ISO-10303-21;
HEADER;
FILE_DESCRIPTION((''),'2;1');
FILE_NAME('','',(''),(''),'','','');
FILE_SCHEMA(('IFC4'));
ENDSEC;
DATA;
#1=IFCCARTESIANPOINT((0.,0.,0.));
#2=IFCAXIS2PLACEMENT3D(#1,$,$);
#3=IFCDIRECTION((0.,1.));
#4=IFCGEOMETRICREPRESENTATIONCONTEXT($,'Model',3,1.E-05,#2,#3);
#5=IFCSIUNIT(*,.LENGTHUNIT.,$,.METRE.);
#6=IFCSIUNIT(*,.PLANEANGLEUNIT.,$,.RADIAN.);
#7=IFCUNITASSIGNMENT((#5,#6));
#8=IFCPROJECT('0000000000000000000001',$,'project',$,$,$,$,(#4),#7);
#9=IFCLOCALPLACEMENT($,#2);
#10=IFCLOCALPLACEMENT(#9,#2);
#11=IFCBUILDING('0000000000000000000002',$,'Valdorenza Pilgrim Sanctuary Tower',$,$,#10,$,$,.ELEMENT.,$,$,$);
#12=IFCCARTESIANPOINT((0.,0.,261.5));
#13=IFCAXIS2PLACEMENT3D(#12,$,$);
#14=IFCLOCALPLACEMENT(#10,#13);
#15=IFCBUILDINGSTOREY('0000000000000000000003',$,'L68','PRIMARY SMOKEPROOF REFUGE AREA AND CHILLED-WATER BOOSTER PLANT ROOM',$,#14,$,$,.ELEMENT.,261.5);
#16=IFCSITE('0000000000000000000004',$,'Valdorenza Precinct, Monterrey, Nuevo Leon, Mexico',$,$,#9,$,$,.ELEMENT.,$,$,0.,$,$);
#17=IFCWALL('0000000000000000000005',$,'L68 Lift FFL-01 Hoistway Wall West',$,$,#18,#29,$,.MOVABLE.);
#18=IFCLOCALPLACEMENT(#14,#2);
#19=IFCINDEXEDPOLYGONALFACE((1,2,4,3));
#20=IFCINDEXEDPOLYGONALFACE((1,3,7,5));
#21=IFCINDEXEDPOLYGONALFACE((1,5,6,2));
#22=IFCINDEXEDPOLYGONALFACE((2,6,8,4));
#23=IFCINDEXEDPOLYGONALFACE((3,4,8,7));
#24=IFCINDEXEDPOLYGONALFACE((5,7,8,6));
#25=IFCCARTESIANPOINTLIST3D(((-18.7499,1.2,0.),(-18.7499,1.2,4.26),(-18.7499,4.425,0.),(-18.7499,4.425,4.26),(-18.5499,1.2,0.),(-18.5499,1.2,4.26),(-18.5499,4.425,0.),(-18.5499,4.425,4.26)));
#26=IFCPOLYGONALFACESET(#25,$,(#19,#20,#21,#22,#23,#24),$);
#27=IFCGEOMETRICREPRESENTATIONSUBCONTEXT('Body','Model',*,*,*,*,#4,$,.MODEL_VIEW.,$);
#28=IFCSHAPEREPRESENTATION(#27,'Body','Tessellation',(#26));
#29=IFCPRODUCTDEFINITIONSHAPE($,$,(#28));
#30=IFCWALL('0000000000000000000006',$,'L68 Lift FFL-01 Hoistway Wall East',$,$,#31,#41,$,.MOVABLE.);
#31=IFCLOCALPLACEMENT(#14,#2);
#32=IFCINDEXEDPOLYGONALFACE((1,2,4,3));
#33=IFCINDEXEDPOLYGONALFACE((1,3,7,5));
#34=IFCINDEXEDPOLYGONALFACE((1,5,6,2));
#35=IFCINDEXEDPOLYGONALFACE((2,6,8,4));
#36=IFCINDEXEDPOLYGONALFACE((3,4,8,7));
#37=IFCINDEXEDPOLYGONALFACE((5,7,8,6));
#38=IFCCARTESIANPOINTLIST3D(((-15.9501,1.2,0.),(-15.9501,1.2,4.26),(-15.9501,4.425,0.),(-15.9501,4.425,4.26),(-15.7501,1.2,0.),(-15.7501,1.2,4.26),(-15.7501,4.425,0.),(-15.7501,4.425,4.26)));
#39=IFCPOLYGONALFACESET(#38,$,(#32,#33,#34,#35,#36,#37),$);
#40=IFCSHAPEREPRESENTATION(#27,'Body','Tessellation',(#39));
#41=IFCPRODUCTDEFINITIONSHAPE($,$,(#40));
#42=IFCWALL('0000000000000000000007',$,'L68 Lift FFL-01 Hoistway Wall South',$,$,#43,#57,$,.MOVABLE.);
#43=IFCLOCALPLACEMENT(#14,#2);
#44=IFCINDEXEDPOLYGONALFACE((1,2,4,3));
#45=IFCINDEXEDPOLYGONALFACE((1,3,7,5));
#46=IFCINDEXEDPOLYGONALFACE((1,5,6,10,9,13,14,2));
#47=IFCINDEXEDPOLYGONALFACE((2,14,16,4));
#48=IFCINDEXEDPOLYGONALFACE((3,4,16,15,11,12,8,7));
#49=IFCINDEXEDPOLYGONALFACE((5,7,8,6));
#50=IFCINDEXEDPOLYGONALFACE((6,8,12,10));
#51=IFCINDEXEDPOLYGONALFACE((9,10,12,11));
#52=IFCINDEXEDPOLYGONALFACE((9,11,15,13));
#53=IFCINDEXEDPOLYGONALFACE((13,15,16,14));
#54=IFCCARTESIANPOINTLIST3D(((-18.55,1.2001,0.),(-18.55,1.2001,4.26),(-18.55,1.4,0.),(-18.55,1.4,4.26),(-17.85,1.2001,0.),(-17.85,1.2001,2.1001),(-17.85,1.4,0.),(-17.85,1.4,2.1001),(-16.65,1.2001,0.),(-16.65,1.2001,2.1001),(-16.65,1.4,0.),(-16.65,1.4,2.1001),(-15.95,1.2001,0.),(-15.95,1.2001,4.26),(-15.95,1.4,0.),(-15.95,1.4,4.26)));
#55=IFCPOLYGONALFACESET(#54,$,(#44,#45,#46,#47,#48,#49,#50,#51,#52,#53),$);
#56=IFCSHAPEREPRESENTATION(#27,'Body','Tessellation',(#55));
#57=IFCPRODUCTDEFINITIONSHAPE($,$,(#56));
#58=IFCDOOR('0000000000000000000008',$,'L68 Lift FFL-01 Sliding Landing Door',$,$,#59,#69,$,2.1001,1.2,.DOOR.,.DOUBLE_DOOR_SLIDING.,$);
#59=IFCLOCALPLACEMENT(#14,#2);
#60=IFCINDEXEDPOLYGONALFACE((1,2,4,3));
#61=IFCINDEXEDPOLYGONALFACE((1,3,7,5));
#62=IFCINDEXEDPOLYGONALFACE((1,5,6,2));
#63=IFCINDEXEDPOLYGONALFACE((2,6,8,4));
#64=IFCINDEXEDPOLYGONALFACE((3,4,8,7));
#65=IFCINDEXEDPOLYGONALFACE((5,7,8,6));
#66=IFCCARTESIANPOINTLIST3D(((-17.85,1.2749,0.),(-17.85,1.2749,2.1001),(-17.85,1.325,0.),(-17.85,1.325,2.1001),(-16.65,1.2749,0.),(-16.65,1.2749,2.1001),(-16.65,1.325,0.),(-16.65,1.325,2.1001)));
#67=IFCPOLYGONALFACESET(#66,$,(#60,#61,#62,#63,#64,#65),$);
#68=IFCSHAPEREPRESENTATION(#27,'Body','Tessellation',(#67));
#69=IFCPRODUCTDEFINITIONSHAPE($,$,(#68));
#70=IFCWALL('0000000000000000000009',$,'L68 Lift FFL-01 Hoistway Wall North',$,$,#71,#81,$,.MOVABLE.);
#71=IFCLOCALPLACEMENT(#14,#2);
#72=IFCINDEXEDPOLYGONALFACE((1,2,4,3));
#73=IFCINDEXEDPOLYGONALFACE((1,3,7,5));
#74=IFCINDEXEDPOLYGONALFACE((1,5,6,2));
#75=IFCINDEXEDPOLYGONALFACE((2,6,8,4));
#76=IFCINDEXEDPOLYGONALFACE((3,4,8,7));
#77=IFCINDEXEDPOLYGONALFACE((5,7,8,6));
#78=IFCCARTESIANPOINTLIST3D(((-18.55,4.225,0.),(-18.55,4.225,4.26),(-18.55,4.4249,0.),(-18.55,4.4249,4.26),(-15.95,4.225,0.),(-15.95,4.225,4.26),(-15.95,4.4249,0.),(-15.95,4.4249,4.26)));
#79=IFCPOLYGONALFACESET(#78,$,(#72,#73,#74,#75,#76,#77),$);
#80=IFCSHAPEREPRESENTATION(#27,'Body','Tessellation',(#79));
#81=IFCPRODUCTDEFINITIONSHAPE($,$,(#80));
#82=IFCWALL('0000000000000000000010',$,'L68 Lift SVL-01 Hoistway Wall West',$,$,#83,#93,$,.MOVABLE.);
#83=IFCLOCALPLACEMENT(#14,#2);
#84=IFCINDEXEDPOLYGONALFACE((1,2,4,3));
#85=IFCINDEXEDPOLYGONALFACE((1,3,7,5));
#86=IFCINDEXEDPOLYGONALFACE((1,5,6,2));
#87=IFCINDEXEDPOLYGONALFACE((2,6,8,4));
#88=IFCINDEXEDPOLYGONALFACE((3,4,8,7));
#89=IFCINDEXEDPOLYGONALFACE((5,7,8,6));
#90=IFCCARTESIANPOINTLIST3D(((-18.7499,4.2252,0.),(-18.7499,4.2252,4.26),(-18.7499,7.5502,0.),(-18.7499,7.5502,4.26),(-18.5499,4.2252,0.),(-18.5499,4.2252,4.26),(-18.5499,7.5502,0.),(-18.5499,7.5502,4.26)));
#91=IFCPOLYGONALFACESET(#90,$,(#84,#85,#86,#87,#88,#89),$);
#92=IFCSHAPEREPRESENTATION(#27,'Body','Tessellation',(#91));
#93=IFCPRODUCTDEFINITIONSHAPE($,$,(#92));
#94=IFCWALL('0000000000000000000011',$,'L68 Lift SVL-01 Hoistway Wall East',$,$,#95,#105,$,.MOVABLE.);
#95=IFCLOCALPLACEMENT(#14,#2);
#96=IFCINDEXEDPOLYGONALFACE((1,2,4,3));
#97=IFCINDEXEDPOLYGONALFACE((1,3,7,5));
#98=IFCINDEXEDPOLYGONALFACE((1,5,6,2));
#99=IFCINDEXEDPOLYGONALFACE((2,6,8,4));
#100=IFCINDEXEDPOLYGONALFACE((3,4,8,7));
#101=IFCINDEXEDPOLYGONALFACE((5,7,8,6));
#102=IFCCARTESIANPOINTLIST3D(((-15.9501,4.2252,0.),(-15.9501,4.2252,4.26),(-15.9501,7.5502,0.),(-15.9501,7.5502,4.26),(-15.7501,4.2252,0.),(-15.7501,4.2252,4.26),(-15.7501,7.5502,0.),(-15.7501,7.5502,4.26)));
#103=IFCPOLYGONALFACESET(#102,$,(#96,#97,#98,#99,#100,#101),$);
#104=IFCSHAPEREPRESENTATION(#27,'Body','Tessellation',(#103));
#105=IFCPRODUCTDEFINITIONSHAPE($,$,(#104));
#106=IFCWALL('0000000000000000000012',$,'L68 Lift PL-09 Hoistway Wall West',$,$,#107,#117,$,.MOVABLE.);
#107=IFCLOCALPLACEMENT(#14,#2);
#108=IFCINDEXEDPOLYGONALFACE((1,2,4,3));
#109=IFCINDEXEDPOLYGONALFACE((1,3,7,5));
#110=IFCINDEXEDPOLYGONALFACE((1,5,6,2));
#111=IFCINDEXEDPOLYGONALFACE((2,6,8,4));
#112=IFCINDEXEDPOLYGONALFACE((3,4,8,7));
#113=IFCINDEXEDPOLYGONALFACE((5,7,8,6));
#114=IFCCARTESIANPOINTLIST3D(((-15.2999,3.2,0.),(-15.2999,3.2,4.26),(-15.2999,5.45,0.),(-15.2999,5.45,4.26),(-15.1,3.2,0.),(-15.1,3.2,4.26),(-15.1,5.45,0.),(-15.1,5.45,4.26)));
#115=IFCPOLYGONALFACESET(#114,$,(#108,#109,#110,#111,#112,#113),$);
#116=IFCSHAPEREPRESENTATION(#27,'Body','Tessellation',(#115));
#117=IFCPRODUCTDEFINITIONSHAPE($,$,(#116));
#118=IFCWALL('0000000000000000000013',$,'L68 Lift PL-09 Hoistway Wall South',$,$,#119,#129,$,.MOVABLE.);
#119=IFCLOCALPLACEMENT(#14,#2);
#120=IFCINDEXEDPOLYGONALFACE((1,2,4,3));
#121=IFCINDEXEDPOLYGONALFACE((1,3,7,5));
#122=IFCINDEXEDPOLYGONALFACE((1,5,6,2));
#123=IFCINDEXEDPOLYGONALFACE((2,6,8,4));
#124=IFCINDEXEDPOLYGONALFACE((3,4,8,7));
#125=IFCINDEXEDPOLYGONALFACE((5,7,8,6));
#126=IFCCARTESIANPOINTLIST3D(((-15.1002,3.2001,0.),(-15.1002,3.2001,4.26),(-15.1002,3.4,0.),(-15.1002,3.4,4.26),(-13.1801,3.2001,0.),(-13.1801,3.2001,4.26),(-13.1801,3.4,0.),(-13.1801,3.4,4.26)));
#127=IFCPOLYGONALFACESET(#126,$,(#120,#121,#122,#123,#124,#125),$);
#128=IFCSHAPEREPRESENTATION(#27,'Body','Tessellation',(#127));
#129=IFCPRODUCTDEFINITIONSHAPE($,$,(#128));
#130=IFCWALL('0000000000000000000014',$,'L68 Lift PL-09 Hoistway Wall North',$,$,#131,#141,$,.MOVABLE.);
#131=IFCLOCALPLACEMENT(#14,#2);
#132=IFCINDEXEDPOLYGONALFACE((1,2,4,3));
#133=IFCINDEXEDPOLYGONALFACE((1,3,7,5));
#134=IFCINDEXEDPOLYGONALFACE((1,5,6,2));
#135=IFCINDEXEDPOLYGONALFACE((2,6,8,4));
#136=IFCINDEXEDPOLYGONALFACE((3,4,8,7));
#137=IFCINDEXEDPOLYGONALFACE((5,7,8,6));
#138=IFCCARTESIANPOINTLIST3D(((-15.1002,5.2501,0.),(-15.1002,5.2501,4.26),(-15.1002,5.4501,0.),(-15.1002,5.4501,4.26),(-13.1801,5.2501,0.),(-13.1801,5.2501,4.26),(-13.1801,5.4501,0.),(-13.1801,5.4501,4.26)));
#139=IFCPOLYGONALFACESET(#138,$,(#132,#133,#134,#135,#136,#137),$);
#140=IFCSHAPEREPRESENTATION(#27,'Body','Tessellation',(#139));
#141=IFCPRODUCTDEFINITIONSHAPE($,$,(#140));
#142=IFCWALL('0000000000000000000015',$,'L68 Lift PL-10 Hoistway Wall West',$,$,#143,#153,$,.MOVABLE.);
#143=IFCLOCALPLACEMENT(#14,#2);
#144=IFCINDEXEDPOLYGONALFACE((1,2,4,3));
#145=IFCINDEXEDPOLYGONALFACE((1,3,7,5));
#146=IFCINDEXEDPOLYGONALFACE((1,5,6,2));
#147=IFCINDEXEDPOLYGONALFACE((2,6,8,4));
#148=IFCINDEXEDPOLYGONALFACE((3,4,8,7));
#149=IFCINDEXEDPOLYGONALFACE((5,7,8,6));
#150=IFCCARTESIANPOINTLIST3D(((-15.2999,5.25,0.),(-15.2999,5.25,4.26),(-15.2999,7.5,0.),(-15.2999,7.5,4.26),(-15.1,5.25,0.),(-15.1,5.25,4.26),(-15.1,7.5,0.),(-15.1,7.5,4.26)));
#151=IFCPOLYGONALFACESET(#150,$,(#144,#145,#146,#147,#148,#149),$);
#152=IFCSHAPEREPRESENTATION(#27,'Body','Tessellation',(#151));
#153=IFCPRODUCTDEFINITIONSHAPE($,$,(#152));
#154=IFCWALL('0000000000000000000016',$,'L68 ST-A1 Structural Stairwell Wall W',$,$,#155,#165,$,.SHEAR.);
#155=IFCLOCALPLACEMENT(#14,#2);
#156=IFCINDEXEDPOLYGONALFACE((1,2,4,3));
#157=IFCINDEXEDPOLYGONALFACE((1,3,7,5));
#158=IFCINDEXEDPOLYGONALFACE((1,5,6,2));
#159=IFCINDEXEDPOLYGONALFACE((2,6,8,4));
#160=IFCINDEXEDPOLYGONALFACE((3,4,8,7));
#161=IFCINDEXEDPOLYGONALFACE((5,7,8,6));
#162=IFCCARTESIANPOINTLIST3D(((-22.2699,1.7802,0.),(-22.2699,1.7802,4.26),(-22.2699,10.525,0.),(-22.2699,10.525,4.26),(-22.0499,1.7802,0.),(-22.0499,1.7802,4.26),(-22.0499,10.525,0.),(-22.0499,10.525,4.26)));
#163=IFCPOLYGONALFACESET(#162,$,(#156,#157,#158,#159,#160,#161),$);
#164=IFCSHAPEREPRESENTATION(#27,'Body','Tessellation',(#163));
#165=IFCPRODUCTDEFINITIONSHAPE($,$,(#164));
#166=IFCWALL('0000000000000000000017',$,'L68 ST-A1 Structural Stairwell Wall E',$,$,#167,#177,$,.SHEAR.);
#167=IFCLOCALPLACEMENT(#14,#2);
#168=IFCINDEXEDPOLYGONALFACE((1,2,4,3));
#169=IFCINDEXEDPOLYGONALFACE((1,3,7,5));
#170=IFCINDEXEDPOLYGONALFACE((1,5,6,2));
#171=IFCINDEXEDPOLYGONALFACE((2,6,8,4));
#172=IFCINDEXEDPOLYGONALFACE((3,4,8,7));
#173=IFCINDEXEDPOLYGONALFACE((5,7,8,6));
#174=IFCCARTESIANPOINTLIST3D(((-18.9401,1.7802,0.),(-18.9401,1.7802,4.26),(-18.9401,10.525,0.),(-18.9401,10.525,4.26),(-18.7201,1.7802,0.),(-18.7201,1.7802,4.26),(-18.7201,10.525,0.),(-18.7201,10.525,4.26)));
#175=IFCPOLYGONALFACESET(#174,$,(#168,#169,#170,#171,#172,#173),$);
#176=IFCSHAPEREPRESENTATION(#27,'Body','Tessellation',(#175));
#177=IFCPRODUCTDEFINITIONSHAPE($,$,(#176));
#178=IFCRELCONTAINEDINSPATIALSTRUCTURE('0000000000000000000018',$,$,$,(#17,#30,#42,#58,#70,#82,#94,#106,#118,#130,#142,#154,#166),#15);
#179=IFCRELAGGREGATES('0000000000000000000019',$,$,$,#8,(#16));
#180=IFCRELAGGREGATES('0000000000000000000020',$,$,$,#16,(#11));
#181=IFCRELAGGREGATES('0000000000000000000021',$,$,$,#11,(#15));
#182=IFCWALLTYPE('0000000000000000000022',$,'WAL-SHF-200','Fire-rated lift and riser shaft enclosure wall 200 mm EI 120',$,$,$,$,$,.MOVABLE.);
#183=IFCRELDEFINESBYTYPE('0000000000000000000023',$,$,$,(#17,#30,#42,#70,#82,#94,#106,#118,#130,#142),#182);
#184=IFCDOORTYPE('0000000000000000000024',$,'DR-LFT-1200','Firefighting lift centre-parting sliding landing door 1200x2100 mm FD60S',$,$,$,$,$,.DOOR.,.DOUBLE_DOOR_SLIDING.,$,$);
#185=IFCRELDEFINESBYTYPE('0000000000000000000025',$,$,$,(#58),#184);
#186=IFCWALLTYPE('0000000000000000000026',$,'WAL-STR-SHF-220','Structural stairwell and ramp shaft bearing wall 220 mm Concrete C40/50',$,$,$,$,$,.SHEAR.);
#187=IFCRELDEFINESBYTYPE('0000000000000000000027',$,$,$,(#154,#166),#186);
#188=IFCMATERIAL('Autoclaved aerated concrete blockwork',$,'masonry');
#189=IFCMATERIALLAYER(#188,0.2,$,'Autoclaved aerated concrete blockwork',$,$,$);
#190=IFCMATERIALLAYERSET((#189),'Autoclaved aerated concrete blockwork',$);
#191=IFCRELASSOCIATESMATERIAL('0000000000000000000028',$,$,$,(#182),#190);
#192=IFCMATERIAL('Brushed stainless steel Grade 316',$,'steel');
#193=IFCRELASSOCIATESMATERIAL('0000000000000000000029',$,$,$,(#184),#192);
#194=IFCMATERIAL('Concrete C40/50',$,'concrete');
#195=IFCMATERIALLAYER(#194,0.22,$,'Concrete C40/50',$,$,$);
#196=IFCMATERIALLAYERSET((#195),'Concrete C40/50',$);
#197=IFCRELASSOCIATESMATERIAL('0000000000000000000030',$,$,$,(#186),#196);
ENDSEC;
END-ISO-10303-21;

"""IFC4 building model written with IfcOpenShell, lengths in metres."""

from ifc_helpers import new_model, si_unit, direction, frame, frame_2d, origin, place, context, subcontext, project, spatial, rectangle, extrude, material, layer, layer_set, type_object, element, fill, save


model = new_model("IFC4")

# Units and contexts
model_context = context("Model", 3, precision=1e-05, world=origin(), true_north=direction((0.0, 1.0)))
body_context = subcontext(model_context, "Body", "Model", "MODEL_VIEW")
ifc_project = project(units=[si_unit("LENGTHUNIT", "METRE"), si_unit("PLANEANGLEUNIT", "RADIAN")], contexts=[model_context])

# Site, building, storey
site_placement = place(None, origin())
site = spatial("IfcSite", under=ifc_project, at=site_placement, Name="Valdorenza Precinct, Monterrey, Nuevo Leon, Mexico", CompositionType="ELEMENT", RefElevation=0.0)
building_placement = place(site_placement, origin())
building = spatial("IfcBuilding", under=site, at=building_placement, Name="Valdorenza Pilgrim Sanctuary Tower", CompositionType="ELEMENT")
storey_placement = place(building_placement, frame((0.0, 0.0, 261.5)))
storey = spatial("IfcBuildingStorey", under=building, at=storey_placement, Name="L68", Description="PRIMARY SMOKEPROOF REFUGE AREA AND CHILLED-WATER BOOSTER PLANT ROOM", CompositionType="ELEMENT", Elevation=261.5)

# Walls
ifc_material_1 = material(Name="Autoclaved aerated concrete blockwork", Category="masonry")
ifc_layer_1 = layer(ifc_material_1, 0.2, Name="Autoclaved aerated concrete blockwork")
ifc_layer_set_1 = layer_set([ifc_layer_1], Name="Autoclaved aerated concrete blockwork")
wall_type_1 = type_object("IfcWallType", Name="WAL-SHF-200", Description="Fire-rated lift and riser shaft enclosure wall 200 mm EI 120", PredefinedType="MOVABLE", material=ifc_layer_set_1)
for number, where, z_axis, x_axis, name in (
    (1, (-18.6499, 1.2, 0.0), (0.0, 0.0, 1.0), (0.0, 1.0, 0.0), "L68 Lift FFL-01 Hoistway Wall West"),
    (2, (-15.8501, 1.2, 0.0), (0.0, 0.0, 1.0), (0.0, 1.0, 0.0), "L68 Lift FFL-01 Hoistway Wall East"),
):
    element("IfcWall", number, at=place(storey_placement, frame(where, z_axis=z_axis, x_axis=x_axis)), inside=storey, type_object=wall_type_1, Name=name, PredefinedType="MOVABLE", context=body_context, shape_type="SweptSolid", body=[
        extrude(rectangle(XDim=3.2251, YDim=0.2, at=frame_2d((1.6125, 0.0))), origin(), (0.0, 0.0, 1.0), 4.26),
    ])

# Wall, opening, door
wall_1_placement = place(storey_placement, frame((-18.55, 1.3, 0.0), z_axis=(0.0, 0.0, 1.0), x_axis=(1.0, 0.0, 0.0)))
wall_1 = element("IfcWall", 3, at=wall_1_placement, inside=storey, type_object=wall_type_1, Name="L68 Lift FFL-01 Hoistway Wall South", PredefinedType="MOVABLE", context=body_context, shape_type="SweptSolid", body=[
    extrude(rectangle(XDim=2.6001, YDim=0.2, at=frame_2d((1.3, 0.0))), origin(), (0.0, 0.0, 1.0), 4.26),
])
opening_1_placement = place(wall_1_placement, frame((0.7, 0.0, 0.0)))
opening_1 = element("IfcOpeningElement", 4, at=opening_1_placement, cuts=wall_1, PredefinedType="OPENING", context=body_context, shape_type="SweptSolid", body=[
    extrude(rectangle(XDim=1.2, YDim=2.1001, at=frame_2d((0.6001, 1.05))), frame((0.0, 0.1147, 0.0), z_axis=(0.0, -1.0, 0.0), x_axis=(1.0, 0.0, 0.0)), (0.0, 0.0, 1.0), 0.2297),
])
ifc_material_2 = material(Name="Brushed stainless steel Grade 316", Category="steel")
door_type_1 = type_object("IfcDoorType", Name="DR-LFT-1200", Description="Firefighting lift centre-parting sliding landing door 1200x2100 mm FD60S", OperationType="DOUBLE_DOOR_SLIDING", PredefinedType="DOOR", material=ifc_material_2)
door_1_placement = place(opening_1_placement, origin())
door_1 = element("IfcDoor", 5, at=door_1_placement, inside=storey, type_object=door_type_1, Name="L68 Lift FFL-01 Sliding Landing Door", OperationType="DOUBLE_DOOR_SLIDING", OverallHeight=2.1001, OverallWidth=1.2, PredefinedType="DOOR", context=body_context, shape_type="SweptSolid", body=[
    extrude(rectangle(XDim=1.2, YDim=2.1001, at=frame_2d((0.6001, 1.05))), frame((0.0, 0.0249, 0.0), z_axis=(0.0, -1.0, 0.0), x_axis=(1.0, 0.0, 0.0)), (0.0, 0.0, 1.0), 0.05),
])
fill(opening_1, door_1)

# Walls
wall_2_placement = place(storey_placement, frame((-18.55, 4.325, 0.0), z_axis=(0.0, 0.0, 1.0), x_axis=(1.0, 0.0, 0.0)))
element("IfcWall", 6, at=wall_2_placement, inside=storey, type_object=wall_type_1, Name="L68 Lift FFL-01 Hoistway Wall North", PredefinedType="MOVABLE", context=body_context, shape_type="SweptSolid", body=[
    extrude(rectangle(XDim=2.6001, YDim=0.2, at=frame_2d((1.3, 0.0))), origin(), (0.0, 0.0, 1.0), 4.26),
])
for number, where, z_axis, x_axis, name in (
    (7, (-18.6499, 4.2251, 0.0), (0.0, 0.0, 1.0), (0.0, 1.0, 0.0), "L68 Lift SVL-01 Hoistway Wall West"),
    (8, (-15.8501, 4.2251, 0.0), (0.0, 0.0, 1.0), (0.0, 1.0, 0.0), "L68 Lift SVL-01 Hoistway Wall East"),
):
    element("IfcWall", number, at=place(storey_placement, frame(where, z_axis=z_axis, x_axis=x_axis)), inside=storey, type_object=wall_type_1, Name=name, PredefinedType="MOVABLE", context=body_context, shape_type="SweptSolid", body=[
        extrude(rectangle(XDim=3.325, YDim=0.2, at=frame_2d((1.6626, 0.0))), origin(), (0.0, 0.0, 1.0), 4.26),
    ])
wall_3_placement = place(storey_placement, frame((-15.2, 3.2, 0.0), z_axis=(0.0, 0.0, 1.0), x_axis=(0.0, 1.0, 0.0)))
element("IfcWall", 9, at=wall_3_placement, inside=storey, type_object=wall_type_1, Name="L68 Lift PL-09 Hoistway Wall West", PredefinedType="MOVABLE", context=body_context, shape_type="SweptSolid", body=[
    extrude(rectangle(XDim=2.25, YDim=0.2, at=frame_2d((1.125, 0.0))), origin(), (0.0, 0.0, 1.0), 4.26),
])
for number, where, z_axis, x_axis, name in (
    (10, (-15.1001, 3.3, 0.0), (0.0, 0.0, 1.0), (1.0, 0.0, 0.0), "L68 Lift PL-09 Hoistway Wall South"),
    (11, (-15.1001, 5.3501, 0.0), (0.0, 0.0, 1.0), (1.0, 0.0, 0.0), "L68 Lift PL-09 Hoistway Wall North"),
):
    element("IfcWall", number, at=place(storey_placement, frame(where, z_axis=z_axis, x_axis=x_axis)), inside=storey, type_object=wall_type_1, Name=name, PredefinedType="MOVABLE", context=body_context, shape_type="SweptSolid", body=[
        extrude(rectangle(XDim=1.9202, YDim=0.2, at=frame_2d((0.96, 0.0))), origin(), (0.0, 0.0, 1.0), 4.26),
    ])
wall_4_placement = place(storey_placement, frame((-15.2, 5.25, 0.0), z_axis=(0.0, 0.0, 1.0), x_axis=(0.0, 1.0, 0.0)))
element("IfcWall", 12, at=wall_4_placement, inside=storey, type_object=wall_type_1, Name="L68 Lift PL-10 Hoistway Wall West", PredefinedType="MOVABLE", context=body_context, shape_type="SweptSolid", body=[
    extrude(rectangle(XDim=2.25, YDim=0.2, at=frame_2d((1.125, 0.0))), origin(), (0.0, 0.0, 1.0), 4.26),
])
ifc_material_3 = material(Name="Concrete C40/50", Category="concrete")
ifc_layer_2 = layer(ifc_material_3, 0.22, Name="Concrete C40/50")
ifc_layer_set_2 = layer_set([ifc_layer_2], Name="Concrete C40/50")
wall_type_2 = type_object("IfcWallType", Name="WAL-STR-SHF-220", Description="Structural stairwell and ramp shaft bearing wall 220 mm Concrete C40/50", PredefinedType="SHEAR", material=ifc_layer_set_2)
for number, where, z_axis, x_axis, name in (
    (13, (-22.1599, 1.78, 0.0), (0.0, 0.0, 1.0), (0.0, 1.0, 0.0), "L68 ST-A1 Structural Stairwell Wall W"),
    (14, (-18.8301, 1.78, 0.0), (0.0, 0.0, 1.0), (0.0, 1.0, 0.0), "L68 ST-A1 Structural Stairwell Wall E"),
):
    element("IfcWall", number, at=place(storey_placement, frame(where, z_axis=z_axis, x_axis=x_axis)), inside=storey, type_object=wall_type_2, Name=name, PredefinedType="SHEAR", context=body_context, shape_type="SweptSolid", body=[
        extrude(rectangle(XDim=8.7449, YDim=0.22, at=frame_2d((4.3726, 0.0))), origin(), (0.0, 0.0, 1.0), 4.26),
    ])

save(model, "model.ifc")
